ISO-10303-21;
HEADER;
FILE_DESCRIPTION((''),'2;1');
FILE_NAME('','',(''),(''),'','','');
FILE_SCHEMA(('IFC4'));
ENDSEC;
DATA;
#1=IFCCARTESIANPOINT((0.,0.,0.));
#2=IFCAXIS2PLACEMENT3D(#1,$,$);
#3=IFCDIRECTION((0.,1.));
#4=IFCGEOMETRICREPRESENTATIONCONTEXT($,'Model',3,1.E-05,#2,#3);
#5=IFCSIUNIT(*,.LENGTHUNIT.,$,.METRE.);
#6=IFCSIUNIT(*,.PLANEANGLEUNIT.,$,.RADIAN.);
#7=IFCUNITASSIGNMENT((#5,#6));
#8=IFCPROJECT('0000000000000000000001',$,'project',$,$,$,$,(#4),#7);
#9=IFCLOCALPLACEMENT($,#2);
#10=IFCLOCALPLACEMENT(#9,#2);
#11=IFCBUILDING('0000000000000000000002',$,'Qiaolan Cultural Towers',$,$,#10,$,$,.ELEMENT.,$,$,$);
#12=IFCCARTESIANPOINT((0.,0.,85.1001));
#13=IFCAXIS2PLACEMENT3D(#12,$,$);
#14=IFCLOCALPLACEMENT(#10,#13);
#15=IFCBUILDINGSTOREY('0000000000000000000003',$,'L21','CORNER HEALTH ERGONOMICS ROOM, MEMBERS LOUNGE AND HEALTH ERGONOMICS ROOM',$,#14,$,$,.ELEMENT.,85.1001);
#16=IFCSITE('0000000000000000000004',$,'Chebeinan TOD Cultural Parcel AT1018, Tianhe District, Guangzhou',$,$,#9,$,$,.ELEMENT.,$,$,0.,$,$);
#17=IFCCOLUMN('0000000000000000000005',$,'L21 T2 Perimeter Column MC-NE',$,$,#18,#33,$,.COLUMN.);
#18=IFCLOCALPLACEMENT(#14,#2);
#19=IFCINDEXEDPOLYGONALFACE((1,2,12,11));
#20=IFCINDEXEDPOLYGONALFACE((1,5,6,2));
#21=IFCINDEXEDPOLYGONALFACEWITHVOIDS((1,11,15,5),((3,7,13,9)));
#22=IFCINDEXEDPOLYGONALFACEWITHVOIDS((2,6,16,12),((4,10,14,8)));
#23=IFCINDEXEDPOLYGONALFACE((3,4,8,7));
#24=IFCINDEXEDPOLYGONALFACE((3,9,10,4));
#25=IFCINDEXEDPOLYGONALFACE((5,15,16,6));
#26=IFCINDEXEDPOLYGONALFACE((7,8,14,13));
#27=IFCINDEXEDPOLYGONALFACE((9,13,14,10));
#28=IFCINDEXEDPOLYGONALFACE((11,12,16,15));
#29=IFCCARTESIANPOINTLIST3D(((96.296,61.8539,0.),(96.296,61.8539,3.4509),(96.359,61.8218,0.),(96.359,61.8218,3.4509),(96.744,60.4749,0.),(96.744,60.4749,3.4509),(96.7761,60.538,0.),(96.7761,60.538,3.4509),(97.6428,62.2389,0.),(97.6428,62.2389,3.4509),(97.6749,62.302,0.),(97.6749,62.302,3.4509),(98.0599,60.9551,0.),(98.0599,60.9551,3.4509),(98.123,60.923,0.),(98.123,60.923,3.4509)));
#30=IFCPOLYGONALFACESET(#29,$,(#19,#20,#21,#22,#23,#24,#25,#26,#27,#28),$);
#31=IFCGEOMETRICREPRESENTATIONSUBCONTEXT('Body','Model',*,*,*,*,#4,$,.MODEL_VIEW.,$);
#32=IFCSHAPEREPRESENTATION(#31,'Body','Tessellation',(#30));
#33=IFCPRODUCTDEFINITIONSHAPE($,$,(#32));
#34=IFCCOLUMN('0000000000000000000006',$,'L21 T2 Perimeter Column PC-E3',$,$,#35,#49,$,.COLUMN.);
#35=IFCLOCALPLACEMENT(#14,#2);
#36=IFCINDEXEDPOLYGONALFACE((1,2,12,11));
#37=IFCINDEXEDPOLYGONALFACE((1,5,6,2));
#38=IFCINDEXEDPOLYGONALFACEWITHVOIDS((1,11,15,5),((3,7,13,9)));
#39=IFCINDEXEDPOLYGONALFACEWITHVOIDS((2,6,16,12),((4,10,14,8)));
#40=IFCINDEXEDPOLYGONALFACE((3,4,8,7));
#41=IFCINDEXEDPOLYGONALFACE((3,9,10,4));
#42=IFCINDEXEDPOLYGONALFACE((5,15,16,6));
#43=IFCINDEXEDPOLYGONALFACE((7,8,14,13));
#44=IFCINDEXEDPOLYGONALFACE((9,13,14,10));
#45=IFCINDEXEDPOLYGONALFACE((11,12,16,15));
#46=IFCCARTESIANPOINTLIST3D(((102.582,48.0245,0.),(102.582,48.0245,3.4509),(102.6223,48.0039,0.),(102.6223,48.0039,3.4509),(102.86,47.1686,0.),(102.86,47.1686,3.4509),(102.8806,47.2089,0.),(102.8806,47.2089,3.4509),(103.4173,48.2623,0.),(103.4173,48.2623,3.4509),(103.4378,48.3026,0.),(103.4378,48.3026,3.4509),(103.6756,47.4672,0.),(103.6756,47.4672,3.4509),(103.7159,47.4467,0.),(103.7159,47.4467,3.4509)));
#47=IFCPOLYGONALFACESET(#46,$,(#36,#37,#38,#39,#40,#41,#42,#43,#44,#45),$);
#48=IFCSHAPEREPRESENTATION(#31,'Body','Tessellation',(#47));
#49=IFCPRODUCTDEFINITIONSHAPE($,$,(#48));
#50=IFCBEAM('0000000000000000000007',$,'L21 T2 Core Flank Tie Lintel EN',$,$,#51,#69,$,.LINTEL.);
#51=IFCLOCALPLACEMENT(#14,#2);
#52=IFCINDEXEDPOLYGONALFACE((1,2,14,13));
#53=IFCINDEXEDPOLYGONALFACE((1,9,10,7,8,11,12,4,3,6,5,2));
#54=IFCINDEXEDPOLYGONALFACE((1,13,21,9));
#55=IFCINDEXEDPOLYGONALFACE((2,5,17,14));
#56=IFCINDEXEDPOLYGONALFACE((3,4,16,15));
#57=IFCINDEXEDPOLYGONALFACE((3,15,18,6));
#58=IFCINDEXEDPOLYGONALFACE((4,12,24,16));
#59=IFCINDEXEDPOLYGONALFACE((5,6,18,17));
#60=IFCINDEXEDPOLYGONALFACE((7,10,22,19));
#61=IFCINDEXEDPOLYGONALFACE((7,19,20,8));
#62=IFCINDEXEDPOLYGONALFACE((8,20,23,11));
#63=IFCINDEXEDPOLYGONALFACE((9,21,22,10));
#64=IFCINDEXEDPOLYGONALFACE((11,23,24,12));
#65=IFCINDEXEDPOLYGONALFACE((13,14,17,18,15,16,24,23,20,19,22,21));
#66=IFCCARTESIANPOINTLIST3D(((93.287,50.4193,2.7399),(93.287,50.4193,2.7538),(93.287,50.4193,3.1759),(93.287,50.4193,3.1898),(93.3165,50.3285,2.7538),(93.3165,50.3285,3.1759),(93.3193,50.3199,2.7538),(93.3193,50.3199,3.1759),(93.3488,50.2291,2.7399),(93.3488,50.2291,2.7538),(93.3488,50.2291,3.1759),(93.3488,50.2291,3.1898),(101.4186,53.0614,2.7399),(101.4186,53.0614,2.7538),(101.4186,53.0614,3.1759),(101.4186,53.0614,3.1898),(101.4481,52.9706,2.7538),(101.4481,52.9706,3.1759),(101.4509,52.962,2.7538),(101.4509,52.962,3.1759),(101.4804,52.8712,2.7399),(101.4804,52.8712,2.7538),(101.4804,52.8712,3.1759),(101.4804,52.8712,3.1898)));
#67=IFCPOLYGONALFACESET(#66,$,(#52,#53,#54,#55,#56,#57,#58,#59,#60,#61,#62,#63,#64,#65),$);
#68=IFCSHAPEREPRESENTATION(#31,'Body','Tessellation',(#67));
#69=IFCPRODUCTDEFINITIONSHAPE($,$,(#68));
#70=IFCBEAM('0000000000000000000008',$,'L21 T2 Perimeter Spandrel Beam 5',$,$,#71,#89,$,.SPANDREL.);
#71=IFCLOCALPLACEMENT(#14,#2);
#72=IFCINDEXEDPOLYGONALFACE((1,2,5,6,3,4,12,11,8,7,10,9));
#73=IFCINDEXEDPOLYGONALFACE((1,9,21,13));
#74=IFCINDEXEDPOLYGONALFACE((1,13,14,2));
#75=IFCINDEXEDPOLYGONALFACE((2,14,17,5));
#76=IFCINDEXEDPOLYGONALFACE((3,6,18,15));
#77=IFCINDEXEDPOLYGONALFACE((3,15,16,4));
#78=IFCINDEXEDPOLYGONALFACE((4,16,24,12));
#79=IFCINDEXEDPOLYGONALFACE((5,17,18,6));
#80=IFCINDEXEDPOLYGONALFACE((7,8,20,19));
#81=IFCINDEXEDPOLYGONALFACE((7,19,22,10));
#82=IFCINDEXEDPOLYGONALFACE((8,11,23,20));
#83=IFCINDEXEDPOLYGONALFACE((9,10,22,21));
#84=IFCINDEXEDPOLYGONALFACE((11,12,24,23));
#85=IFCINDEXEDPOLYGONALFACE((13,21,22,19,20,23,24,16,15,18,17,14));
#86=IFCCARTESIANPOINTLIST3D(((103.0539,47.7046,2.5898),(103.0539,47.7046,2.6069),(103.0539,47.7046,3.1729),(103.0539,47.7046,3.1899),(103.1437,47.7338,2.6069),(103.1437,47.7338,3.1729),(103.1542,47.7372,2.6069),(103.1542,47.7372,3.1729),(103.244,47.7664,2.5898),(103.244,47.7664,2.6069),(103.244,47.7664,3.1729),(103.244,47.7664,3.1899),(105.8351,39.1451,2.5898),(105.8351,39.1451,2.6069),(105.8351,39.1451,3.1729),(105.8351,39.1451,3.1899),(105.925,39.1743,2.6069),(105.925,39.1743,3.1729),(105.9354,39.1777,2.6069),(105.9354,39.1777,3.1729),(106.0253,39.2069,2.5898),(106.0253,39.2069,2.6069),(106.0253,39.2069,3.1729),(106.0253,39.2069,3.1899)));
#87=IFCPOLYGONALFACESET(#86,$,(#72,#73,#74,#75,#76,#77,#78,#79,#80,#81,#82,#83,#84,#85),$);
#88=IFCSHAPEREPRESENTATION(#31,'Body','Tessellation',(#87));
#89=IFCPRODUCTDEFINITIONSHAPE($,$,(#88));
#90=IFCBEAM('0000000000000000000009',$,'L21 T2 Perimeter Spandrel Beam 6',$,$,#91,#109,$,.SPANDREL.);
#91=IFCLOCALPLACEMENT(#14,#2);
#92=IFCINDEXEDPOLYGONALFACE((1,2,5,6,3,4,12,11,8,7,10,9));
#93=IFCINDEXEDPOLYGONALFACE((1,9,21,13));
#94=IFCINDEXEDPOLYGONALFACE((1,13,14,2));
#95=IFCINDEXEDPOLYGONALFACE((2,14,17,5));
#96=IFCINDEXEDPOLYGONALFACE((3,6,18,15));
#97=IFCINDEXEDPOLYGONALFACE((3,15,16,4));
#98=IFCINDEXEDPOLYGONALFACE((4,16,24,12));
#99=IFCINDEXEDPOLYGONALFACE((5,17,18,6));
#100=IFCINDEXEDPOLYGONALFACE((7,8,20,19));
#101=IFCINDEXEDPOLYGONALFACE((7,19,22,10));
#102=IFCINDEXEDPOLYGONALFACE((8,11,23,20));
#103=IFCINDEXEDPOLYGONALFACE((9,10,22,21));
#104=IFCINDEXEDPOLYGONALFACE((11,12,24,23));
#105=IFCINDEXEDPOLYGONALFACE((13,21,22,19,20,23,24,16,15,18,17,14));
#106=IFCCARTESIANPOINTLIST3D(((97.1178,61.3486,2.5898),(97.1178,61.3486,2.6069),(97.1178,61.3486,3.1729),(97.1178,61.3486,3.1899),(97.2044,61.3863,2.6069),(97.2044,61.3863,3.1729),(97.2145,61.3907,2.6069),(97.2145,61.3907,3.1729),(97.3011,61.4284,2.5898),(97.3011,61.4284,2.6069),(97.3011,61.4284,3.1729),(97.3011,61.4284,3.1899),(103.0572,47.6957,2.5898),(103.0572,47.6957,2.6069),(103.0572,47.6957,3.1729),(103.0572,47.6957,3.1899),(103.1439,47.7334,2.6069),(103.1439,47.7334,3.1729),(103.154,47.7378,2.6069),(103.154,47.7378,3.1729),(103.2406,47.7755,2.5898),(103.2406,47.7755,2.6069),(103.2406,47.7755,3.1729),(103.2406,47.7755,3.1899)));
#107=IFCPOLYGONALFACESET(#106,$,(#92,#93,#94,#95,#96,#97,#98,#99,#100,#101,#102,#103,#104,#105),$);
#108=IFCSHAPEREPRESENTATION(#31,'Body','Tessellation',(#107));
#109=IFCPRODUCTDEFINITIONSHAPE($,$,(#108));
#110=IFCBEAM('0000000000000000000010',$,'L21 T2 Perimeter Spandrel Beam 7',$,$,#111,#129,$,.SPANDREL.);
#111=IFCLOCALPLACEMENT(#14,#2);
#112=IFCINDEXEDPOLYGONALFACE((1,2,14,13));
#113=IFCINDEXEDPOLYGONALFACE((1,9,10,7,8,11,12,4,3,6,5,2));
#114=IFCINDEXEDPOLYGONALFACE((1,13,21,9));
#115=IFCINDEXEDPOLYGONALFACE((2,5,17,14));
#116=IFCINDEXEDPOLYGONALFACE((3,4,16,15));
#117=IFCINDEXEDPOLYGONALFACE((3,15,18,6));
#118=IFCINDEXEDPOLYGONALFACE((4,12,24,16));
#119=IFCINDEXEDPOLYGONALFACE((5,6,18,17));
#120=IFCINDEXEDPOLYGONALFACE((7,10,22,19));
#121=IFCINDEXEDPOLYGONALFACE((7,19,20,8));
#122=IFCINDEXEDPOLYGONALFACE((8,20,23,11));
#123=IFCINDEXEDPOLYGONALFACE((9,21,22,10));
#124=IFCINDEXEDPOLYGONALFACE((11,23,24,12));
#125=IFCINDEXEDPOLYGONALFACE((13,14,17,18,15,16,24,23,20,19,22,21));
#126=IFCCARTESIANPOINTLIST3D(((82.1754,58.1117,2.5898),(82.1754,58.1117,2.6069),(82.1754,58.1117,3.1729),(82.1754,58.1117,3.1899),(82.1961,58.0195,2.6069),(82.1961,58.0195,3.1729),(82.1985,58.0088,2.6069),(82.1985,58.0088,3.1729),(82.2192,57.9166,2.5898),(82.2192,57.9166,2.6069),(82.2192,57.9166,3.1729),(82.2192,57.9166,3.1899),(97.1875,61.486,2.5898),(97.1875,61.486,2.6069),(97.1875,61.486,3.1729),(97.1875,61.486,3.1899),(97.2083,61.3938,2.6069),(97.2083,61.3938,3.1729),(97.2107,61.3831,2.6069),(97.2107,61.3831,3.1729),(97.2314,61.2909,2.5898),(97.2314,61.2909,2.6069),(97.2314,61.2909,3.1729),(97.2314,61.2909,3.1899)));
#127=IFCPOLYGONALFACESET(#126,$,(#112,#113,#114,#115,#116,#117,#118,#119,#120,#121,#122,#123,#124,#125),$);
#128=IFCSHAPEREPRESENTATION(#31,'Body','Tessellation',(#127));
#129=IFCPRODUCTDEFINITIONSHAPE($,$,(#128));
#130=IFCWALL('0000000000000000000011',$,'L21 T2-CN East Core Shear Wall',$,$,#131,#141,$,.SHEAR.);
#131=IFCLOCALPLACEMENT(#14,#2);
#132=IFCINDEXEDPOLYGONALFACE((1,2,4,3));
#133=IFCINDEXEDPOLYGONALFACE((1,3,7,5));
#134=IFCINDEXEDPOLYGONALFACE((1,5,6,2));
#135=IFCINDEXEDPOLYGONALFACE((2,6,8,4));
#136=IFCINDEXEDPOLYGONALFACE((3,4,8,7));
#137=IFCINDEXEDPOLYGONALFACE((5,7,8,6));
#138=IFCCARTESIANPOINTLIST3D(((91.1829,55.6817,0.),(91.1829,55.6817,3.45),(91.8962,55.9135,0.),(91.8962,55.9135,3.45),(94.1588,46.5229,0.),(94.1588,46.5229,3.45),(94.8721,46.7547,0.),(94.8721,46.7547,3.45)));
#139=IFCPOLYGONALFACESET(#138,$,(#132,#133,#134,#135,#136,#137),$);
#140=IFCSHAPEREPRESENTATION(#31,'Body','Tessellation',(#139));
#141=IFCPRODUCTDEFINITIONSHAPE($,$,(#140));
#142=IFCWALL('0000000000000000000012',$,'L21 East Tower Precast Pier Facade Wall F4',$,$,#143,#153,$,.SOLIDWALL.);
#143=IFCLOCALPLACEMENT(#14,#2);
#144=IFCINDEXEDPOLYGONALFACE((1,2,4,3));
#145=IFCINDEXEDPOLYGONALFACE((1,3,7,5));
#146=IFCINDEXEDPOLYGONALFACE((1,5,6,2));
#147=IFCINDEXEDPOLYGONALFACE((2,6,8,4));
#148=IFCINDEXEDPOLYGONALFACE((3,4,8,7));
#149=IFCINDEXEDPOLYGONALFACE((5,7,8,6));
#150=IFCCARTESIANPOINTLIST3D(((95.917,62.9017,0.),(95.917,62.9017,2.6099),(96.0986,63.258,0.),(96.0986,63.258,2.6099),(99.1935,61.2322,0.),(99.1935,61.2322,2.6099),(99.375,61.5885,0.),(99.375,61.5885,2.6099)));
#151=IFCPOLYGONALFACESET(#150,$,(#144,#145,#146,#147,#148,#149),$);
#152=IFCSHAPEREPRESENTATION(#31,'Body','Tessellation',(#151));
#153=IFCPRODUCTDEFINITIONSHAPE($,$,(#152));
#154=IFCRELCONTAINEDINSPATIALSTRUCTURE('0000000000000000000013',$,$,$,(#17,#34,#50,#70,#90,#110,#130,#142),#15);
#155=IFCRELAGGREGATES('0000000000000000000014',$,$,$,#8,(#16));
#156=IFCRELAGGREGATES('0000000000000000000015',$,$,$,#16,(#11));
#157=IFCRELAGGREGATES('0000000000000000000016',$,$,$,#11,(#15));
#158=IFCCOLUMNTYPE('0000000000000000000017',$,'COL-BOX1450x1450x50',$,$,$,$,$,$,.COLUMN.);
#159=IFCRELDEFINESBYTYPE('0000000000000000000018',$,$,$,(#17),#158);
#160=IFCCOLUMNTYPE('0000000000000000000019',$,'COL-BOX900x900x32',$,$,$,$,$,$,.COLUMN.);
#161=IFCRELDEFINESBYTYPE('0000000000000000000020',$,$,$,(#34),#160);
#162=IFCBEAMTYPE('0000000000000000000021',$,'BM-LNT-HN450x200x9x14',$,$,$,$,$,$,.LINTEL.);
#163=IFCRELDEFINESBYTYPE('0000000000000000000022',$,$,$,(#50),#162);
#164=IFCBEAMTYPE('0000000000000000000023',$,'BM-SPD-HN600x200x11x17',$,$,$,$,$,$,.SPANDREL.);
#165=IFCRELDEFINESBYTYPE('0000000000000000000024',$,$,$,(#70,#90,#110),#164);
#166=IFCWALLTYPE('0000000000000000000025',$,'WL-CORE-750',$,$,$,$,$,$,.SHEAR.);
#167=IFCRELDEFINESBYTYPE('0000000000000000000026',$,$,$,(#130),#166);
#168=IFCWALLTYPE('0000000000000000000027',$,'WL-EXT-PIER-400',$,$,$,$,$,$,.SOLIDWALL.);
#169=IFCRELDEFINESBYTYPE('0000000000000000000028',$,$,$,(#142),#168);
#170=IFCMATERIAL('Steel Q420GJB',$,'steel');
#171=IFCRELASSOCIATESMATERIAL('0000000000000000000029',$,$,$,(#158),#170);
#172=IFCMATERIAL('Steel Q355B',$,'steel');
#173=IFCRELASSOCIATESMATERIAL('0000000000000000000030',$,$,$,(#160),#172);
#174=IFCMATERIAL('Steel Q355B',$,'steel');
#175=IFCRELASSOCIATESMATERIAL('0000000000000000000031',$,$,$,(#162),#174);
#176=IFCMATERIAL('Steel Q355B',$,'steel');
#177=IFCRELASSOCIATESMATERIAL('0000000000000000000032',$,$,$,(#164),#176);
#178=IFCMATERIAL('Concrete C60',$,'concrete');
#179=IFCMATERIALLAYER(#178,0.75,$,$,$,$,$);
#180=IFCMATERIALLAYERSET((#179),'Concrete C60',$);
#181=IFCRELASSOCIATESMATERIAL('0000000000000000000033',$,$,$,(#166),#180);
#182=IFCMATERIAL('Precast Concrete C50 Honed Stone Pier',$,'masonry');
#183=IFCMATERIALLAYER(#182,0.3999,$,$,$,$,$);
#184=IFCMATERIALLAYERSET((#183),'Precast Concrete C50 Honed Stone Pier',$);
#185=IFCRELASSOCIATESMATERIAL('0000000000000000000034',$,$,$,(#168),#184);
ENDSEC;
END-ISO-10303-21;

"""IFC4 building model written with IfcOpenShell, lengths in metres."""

from ifc_helpers import new_model, si_unit, direction, frame, frame_2d, origin, origin_2d, place, context, subcontext, project, spatial, rectangle, hollow_rectangle, i_section, extrude, material, layer, layer_set, material_profile, profile_set, type_object, element, save


model = new_model("IFC4")

# Units and contexts
model_context = context("Model", 3, precision=1e-05, world=origin(), true_north=direction((0.0, 1.0)))
body_context = subcontext(model_context, "Body", "Model", "MODEL_VIEW")
ifc_project = project(units=[si_unit("LENGTHUNIT", "METRE"), si_unit("PLANEANGLEUNIT", "RADIAN")], contexts=[model_context])

# Site, building, storey
site_placement = place(None, origin())
site = spatial("IfcSite", under=ifc_project, at=site_placement, Name="Chebeinan TOD Cultural Parcel AT1018, Tianhe District, Guangzhou", CompositionType="ELEMENT", RefElevation=0.0)
building_placement = place(site_placement, origin())
building = spatial("IfcBuilding", under=site, at=building_placement, Name="Qiaolan Cultural Towers", CompositionType="ELEMENT")
storey_placement = place(building_placement, frame((0.0, 0.0, 85.1001)))
storey = spatial("IfcBuildingStorey", under=building, at=storey_placement, Name="L21", Description="CORNER HEALTH ERGONOMICS ROOM, MEMBERS LOUNGE AND HEALTH ERGONOMICS ROOM", CompositionType="ELEMENT", Elevation=85.1001)

# Columns
ifc_material_1 = material(Name="Steel Q420GJB", Category="steel")
ifc_material_profile_1 = material_profile(ifc_material_1, hollow_rectangle(XDim=1.45, YDim=1.45, WallThickness=0.05, at=origin_2d()), Name="BOX1450x1450x50")
ifc_profile_set_1 = profile_set([ifc_material_profile_1], Name="Steel Q420GJB")
column_type_1 = type_object("IfcColumnType", Name="COL-BOX1450x1450x50", PredefinedType="COLUMN", material=ifc_profile_set_1)
column_1_placement = place(storey_placement, frame((97.2095, 61.3884, 0.0), z_axis=(0.0, 0.0, 1.0), x_axis=(0.951057, 0.309017, 0.0)))
element("IfcColumn", 1, at=column_1_placement, inside=storey, type_object=column_type_1, Name="L21 T2 Perimeter Column MC-NE", PredefinedType="COLUMN", context=body_context, shape_type="SweptSolid", body=[
    extrude(hollow_rectangle(XDim=1.45, YDim=1.45, WallThickness=0.05, at=origin_2d()), origin(), (0.0, 0.0, 1.0), 3.4509),
])
ifc_material_2 = material(Name="Steel Q355B", Category="steel")
ifc_material_profile_2 = material_profile(ifc_material_2, hollow_rectangle(XDim=0.8999, YDim=0.8999, WallThickness=0.032, at=origin_2d()), Name="BOX900x900x32")
ifc_profile_set_2 = profile_set([ifc_material_profile_2], Name="Steel Q355B")
column_type_2 = type_object("IfcColumnType", Name="COL-BOX900x900x32", PredefinedType="COLUMN", material=ifc_profile_set_2)
column_2_placement = place(storey_placement, frame((103.1489, 47.7356, 0.0), z_axis=(0.0, 0.0, 1.0), x_axis=(0.951057, 0.309017, 0.0)))
element("IfcColumn", 2, at=column_2_placement, inside=storey, type_object=column_type_2, Name="L21 T2 Perimeter Column PC-E3", PredefinedType="COLUMN", context=body_context, shape_type="SweptSolid", body=[
    extrude(hollow_rectangle(XDim=0.8999, YDim=0.8999, WallThickness=0.032, at=origin_2d()), origin(), (0.0, 0.0, 1.0), 3.4509),
])

# Beams
ifc_material_3 = material(Name="Steel Q355B", Category="steel")
ifc_material_profile_3 = material_profile(ifc_material_3, i_section(OverallWidth=0.2, OverallDepth=0.45, WebThickness=0.009, FlangeThickness=0.0139, at=origin_2d()), Name="HN450x200x9x14")
ifc_profile_set_3 = profile_set([ifc_material_profile_3], Name="Steel Q355B")
beam_type_1 = type_object("IfcBeamType", Name="BM-LNT-HN450x200x9x14", PredefinedType="LINTEL", material=ifc_profile_set_3)
beam_1_placement = place(storey_placement, frame((93.3179, 50.3242, 2.9648), z_axis=(0.951057, 0.309014, 0.0), x_axis=(-0.309014, 0.951057, 0.0)))
element("IfcBeam", 3, at=beam_1_placement, inside=storey, type_object=beam_type_1, Name="L21 T2 Core Flank Tie Lintel EN", PredefinedType="LINTEL", context=body_context, shape_type="SweptSolid", body=[
    extrude(i_section(OverallWidth=0.2, OverallDepth=0.45, WebThickness=0.009, FlangeThickness=0.0139, at=origin_2d()), origin(), (0.0, 0.0, 1.0), 8.55),
])
ifc_material_4 = material(Name="Steel Q355B", Category="steel")
ifc_material_profile_4 = material_profile(ifc_material_4, i_section(OverallWidth=0.2, OverallDepth=0.6001, WebThickness=0.011, FlangeThickness=0.0171, at=origin_2d()), Name="HN600x200x11x17")
ifc_profile_set_4 = profile_set([ifc_material_profile_4], Name="Steel Q355B")
beam_type_2 = type_object("IfcBeamType", Name="BM-SPD-HN600x200x11x17", PredefinedType="SPANDREL", material=ifc_profile_set_4)
beam_2_placement = place(storey_placement, frame((105.9302, 39.176, 2.8899), z_axis=(-0.309025, 0.951054, 0.0), x_axis=(-0.951054, -0.309025, 0.0)))
element("IfcBeam", 4, at=beam_2_placement, inside=storey, type_object=beam_type_2, Name="L21 T2 Perimeter Spandrel Beam 5", PredefinedType="SPANDREL", context=body_context, shape_type="SweptSolid", body=[
    extrude(i_section(OverallWidth=0.2, OverallDepth=0.6001, WebThickness=0.011, FlangeThickness=0.0171, at=origin_2d()), origin(), (0.0, 0.0, 1.0), 9.0),
])
beam_3_placement = place(storey_placement, frame((103.1489, 47.7356, 2.8899), z_axis=(-0.39892, 0.916986, 0.0), x_axis=(-0.916986, -0.39892, 0.0)))
element("IfcBeam", 5, at=beam_3_placement, inside=storey, type_object=beam_type_2, Name="L21 T2 Perimeter Spandrel Beam 6", PredefinedType="SPANDREL", context=body_context, shape_type="SweptSolid", body=[
    extrude(i_section(OverallWidth=0.2, OverallDepth=0.6001, WebThickness=0.011, FlangeThickness=0.0171, at=origin_2d()), origin(), (0.0, 0.0, 1.0), 14.8889),
])
beam_4_placement = place(storey_placement, frame((97.2095, 61.3884, 2.8899), z_axis=(-0.975658, -0.219297, 0.0), x_axis=(0.219297, -0.975658, 0.0)))
element("IfcBeam", 6, at=beam_4_placement, inside=storey, type_object=beam_type_2, Name="L21 T2 Perimeter Spandrel Beam 7", PredefinedType="SPANDREL", context=body_context, shape_type="SweptSolid", body=[
    extrude(i_section(OverallWidth=0.2, OverallDepth=0.6001, WebThickness=0.011, FlangeThickness=0.0171, at=origin_2d()), origin(), (0.0, 0.0, 1.0), 15.3867),
])

# Walls
ifc_material_5 = material(Name="Concrete C60", Category="concrete")
ifc_layer_1 = layer(ifc_material_5, 0.75)
ifc_layer_set_1 = layer_set([ifc_layer_1], Name="Concrete C60")
wall_type_1 = type_object("IfcWallType", Name="WL-CORE-750", PredefinedType="SHEAR", material=ifc_layer_set_1)
wall_1_placement = place(storey_placement, frame((94.5154, 46.6389, 0.0), z_axis=(0.0, 0.0, 1.0), x_axis=(-0.309016, 0.951057, 0.0)))
element("IfcWall", 7, at=wall_1_placement, inside=storey, type_object=wall_type_1, Name="L21 T2-CN East Core Shear Wall", PredefinedType="SHEAR", context=body_context, shape_type="SweptSolid", body=[
    extrude(rectangle(XDim=9.6301, YDim=0.75, at=frame_2d((4.8149, 0.0))), origin(), (0.0, 0.0, 1.0), 3.45),
])
ifc_material_6 = material(Name="Precast Concrete C50 Honed Stone Pier", Category="masonry")
ifc_layer_2 = layer(ifc_material_6, 0.3999)
ifc_layer_set_2 = layer_set([ifc_layer_2], Name="Precast Concrete C50 Honed Stone Pier")
wall_type_2 = type_object("IfcWallType", Name="WL-EXT-PIER-400", PredefinedType="SOLIDWALL", material=ifc_layer_set_2)
wall_2_placement = place(storey_placement, frame((96.0078, 63.0798, 0.0), z_axis=(0.0, 0.0, 1.0), x_axis=(0.891002, -0.453999, 0.0)))
element("IfcWall", 8, at=wall_2_placement, inside=storey, type_object=wall_type_2, Name="L21 East Tower Precast Pier Facade Wall F4", PredefinedType="SOLIDWALL", context=body_context, shape_type="SweptSolid", body=[
    extrude(rectangle(XDim=3.6772, YDim=0.3999, at=frame_2d((1.8386, 0.0))), origin(), (0.0, 0.0, 1.0), 2.6099),
])

save(model, "model.ifc")
